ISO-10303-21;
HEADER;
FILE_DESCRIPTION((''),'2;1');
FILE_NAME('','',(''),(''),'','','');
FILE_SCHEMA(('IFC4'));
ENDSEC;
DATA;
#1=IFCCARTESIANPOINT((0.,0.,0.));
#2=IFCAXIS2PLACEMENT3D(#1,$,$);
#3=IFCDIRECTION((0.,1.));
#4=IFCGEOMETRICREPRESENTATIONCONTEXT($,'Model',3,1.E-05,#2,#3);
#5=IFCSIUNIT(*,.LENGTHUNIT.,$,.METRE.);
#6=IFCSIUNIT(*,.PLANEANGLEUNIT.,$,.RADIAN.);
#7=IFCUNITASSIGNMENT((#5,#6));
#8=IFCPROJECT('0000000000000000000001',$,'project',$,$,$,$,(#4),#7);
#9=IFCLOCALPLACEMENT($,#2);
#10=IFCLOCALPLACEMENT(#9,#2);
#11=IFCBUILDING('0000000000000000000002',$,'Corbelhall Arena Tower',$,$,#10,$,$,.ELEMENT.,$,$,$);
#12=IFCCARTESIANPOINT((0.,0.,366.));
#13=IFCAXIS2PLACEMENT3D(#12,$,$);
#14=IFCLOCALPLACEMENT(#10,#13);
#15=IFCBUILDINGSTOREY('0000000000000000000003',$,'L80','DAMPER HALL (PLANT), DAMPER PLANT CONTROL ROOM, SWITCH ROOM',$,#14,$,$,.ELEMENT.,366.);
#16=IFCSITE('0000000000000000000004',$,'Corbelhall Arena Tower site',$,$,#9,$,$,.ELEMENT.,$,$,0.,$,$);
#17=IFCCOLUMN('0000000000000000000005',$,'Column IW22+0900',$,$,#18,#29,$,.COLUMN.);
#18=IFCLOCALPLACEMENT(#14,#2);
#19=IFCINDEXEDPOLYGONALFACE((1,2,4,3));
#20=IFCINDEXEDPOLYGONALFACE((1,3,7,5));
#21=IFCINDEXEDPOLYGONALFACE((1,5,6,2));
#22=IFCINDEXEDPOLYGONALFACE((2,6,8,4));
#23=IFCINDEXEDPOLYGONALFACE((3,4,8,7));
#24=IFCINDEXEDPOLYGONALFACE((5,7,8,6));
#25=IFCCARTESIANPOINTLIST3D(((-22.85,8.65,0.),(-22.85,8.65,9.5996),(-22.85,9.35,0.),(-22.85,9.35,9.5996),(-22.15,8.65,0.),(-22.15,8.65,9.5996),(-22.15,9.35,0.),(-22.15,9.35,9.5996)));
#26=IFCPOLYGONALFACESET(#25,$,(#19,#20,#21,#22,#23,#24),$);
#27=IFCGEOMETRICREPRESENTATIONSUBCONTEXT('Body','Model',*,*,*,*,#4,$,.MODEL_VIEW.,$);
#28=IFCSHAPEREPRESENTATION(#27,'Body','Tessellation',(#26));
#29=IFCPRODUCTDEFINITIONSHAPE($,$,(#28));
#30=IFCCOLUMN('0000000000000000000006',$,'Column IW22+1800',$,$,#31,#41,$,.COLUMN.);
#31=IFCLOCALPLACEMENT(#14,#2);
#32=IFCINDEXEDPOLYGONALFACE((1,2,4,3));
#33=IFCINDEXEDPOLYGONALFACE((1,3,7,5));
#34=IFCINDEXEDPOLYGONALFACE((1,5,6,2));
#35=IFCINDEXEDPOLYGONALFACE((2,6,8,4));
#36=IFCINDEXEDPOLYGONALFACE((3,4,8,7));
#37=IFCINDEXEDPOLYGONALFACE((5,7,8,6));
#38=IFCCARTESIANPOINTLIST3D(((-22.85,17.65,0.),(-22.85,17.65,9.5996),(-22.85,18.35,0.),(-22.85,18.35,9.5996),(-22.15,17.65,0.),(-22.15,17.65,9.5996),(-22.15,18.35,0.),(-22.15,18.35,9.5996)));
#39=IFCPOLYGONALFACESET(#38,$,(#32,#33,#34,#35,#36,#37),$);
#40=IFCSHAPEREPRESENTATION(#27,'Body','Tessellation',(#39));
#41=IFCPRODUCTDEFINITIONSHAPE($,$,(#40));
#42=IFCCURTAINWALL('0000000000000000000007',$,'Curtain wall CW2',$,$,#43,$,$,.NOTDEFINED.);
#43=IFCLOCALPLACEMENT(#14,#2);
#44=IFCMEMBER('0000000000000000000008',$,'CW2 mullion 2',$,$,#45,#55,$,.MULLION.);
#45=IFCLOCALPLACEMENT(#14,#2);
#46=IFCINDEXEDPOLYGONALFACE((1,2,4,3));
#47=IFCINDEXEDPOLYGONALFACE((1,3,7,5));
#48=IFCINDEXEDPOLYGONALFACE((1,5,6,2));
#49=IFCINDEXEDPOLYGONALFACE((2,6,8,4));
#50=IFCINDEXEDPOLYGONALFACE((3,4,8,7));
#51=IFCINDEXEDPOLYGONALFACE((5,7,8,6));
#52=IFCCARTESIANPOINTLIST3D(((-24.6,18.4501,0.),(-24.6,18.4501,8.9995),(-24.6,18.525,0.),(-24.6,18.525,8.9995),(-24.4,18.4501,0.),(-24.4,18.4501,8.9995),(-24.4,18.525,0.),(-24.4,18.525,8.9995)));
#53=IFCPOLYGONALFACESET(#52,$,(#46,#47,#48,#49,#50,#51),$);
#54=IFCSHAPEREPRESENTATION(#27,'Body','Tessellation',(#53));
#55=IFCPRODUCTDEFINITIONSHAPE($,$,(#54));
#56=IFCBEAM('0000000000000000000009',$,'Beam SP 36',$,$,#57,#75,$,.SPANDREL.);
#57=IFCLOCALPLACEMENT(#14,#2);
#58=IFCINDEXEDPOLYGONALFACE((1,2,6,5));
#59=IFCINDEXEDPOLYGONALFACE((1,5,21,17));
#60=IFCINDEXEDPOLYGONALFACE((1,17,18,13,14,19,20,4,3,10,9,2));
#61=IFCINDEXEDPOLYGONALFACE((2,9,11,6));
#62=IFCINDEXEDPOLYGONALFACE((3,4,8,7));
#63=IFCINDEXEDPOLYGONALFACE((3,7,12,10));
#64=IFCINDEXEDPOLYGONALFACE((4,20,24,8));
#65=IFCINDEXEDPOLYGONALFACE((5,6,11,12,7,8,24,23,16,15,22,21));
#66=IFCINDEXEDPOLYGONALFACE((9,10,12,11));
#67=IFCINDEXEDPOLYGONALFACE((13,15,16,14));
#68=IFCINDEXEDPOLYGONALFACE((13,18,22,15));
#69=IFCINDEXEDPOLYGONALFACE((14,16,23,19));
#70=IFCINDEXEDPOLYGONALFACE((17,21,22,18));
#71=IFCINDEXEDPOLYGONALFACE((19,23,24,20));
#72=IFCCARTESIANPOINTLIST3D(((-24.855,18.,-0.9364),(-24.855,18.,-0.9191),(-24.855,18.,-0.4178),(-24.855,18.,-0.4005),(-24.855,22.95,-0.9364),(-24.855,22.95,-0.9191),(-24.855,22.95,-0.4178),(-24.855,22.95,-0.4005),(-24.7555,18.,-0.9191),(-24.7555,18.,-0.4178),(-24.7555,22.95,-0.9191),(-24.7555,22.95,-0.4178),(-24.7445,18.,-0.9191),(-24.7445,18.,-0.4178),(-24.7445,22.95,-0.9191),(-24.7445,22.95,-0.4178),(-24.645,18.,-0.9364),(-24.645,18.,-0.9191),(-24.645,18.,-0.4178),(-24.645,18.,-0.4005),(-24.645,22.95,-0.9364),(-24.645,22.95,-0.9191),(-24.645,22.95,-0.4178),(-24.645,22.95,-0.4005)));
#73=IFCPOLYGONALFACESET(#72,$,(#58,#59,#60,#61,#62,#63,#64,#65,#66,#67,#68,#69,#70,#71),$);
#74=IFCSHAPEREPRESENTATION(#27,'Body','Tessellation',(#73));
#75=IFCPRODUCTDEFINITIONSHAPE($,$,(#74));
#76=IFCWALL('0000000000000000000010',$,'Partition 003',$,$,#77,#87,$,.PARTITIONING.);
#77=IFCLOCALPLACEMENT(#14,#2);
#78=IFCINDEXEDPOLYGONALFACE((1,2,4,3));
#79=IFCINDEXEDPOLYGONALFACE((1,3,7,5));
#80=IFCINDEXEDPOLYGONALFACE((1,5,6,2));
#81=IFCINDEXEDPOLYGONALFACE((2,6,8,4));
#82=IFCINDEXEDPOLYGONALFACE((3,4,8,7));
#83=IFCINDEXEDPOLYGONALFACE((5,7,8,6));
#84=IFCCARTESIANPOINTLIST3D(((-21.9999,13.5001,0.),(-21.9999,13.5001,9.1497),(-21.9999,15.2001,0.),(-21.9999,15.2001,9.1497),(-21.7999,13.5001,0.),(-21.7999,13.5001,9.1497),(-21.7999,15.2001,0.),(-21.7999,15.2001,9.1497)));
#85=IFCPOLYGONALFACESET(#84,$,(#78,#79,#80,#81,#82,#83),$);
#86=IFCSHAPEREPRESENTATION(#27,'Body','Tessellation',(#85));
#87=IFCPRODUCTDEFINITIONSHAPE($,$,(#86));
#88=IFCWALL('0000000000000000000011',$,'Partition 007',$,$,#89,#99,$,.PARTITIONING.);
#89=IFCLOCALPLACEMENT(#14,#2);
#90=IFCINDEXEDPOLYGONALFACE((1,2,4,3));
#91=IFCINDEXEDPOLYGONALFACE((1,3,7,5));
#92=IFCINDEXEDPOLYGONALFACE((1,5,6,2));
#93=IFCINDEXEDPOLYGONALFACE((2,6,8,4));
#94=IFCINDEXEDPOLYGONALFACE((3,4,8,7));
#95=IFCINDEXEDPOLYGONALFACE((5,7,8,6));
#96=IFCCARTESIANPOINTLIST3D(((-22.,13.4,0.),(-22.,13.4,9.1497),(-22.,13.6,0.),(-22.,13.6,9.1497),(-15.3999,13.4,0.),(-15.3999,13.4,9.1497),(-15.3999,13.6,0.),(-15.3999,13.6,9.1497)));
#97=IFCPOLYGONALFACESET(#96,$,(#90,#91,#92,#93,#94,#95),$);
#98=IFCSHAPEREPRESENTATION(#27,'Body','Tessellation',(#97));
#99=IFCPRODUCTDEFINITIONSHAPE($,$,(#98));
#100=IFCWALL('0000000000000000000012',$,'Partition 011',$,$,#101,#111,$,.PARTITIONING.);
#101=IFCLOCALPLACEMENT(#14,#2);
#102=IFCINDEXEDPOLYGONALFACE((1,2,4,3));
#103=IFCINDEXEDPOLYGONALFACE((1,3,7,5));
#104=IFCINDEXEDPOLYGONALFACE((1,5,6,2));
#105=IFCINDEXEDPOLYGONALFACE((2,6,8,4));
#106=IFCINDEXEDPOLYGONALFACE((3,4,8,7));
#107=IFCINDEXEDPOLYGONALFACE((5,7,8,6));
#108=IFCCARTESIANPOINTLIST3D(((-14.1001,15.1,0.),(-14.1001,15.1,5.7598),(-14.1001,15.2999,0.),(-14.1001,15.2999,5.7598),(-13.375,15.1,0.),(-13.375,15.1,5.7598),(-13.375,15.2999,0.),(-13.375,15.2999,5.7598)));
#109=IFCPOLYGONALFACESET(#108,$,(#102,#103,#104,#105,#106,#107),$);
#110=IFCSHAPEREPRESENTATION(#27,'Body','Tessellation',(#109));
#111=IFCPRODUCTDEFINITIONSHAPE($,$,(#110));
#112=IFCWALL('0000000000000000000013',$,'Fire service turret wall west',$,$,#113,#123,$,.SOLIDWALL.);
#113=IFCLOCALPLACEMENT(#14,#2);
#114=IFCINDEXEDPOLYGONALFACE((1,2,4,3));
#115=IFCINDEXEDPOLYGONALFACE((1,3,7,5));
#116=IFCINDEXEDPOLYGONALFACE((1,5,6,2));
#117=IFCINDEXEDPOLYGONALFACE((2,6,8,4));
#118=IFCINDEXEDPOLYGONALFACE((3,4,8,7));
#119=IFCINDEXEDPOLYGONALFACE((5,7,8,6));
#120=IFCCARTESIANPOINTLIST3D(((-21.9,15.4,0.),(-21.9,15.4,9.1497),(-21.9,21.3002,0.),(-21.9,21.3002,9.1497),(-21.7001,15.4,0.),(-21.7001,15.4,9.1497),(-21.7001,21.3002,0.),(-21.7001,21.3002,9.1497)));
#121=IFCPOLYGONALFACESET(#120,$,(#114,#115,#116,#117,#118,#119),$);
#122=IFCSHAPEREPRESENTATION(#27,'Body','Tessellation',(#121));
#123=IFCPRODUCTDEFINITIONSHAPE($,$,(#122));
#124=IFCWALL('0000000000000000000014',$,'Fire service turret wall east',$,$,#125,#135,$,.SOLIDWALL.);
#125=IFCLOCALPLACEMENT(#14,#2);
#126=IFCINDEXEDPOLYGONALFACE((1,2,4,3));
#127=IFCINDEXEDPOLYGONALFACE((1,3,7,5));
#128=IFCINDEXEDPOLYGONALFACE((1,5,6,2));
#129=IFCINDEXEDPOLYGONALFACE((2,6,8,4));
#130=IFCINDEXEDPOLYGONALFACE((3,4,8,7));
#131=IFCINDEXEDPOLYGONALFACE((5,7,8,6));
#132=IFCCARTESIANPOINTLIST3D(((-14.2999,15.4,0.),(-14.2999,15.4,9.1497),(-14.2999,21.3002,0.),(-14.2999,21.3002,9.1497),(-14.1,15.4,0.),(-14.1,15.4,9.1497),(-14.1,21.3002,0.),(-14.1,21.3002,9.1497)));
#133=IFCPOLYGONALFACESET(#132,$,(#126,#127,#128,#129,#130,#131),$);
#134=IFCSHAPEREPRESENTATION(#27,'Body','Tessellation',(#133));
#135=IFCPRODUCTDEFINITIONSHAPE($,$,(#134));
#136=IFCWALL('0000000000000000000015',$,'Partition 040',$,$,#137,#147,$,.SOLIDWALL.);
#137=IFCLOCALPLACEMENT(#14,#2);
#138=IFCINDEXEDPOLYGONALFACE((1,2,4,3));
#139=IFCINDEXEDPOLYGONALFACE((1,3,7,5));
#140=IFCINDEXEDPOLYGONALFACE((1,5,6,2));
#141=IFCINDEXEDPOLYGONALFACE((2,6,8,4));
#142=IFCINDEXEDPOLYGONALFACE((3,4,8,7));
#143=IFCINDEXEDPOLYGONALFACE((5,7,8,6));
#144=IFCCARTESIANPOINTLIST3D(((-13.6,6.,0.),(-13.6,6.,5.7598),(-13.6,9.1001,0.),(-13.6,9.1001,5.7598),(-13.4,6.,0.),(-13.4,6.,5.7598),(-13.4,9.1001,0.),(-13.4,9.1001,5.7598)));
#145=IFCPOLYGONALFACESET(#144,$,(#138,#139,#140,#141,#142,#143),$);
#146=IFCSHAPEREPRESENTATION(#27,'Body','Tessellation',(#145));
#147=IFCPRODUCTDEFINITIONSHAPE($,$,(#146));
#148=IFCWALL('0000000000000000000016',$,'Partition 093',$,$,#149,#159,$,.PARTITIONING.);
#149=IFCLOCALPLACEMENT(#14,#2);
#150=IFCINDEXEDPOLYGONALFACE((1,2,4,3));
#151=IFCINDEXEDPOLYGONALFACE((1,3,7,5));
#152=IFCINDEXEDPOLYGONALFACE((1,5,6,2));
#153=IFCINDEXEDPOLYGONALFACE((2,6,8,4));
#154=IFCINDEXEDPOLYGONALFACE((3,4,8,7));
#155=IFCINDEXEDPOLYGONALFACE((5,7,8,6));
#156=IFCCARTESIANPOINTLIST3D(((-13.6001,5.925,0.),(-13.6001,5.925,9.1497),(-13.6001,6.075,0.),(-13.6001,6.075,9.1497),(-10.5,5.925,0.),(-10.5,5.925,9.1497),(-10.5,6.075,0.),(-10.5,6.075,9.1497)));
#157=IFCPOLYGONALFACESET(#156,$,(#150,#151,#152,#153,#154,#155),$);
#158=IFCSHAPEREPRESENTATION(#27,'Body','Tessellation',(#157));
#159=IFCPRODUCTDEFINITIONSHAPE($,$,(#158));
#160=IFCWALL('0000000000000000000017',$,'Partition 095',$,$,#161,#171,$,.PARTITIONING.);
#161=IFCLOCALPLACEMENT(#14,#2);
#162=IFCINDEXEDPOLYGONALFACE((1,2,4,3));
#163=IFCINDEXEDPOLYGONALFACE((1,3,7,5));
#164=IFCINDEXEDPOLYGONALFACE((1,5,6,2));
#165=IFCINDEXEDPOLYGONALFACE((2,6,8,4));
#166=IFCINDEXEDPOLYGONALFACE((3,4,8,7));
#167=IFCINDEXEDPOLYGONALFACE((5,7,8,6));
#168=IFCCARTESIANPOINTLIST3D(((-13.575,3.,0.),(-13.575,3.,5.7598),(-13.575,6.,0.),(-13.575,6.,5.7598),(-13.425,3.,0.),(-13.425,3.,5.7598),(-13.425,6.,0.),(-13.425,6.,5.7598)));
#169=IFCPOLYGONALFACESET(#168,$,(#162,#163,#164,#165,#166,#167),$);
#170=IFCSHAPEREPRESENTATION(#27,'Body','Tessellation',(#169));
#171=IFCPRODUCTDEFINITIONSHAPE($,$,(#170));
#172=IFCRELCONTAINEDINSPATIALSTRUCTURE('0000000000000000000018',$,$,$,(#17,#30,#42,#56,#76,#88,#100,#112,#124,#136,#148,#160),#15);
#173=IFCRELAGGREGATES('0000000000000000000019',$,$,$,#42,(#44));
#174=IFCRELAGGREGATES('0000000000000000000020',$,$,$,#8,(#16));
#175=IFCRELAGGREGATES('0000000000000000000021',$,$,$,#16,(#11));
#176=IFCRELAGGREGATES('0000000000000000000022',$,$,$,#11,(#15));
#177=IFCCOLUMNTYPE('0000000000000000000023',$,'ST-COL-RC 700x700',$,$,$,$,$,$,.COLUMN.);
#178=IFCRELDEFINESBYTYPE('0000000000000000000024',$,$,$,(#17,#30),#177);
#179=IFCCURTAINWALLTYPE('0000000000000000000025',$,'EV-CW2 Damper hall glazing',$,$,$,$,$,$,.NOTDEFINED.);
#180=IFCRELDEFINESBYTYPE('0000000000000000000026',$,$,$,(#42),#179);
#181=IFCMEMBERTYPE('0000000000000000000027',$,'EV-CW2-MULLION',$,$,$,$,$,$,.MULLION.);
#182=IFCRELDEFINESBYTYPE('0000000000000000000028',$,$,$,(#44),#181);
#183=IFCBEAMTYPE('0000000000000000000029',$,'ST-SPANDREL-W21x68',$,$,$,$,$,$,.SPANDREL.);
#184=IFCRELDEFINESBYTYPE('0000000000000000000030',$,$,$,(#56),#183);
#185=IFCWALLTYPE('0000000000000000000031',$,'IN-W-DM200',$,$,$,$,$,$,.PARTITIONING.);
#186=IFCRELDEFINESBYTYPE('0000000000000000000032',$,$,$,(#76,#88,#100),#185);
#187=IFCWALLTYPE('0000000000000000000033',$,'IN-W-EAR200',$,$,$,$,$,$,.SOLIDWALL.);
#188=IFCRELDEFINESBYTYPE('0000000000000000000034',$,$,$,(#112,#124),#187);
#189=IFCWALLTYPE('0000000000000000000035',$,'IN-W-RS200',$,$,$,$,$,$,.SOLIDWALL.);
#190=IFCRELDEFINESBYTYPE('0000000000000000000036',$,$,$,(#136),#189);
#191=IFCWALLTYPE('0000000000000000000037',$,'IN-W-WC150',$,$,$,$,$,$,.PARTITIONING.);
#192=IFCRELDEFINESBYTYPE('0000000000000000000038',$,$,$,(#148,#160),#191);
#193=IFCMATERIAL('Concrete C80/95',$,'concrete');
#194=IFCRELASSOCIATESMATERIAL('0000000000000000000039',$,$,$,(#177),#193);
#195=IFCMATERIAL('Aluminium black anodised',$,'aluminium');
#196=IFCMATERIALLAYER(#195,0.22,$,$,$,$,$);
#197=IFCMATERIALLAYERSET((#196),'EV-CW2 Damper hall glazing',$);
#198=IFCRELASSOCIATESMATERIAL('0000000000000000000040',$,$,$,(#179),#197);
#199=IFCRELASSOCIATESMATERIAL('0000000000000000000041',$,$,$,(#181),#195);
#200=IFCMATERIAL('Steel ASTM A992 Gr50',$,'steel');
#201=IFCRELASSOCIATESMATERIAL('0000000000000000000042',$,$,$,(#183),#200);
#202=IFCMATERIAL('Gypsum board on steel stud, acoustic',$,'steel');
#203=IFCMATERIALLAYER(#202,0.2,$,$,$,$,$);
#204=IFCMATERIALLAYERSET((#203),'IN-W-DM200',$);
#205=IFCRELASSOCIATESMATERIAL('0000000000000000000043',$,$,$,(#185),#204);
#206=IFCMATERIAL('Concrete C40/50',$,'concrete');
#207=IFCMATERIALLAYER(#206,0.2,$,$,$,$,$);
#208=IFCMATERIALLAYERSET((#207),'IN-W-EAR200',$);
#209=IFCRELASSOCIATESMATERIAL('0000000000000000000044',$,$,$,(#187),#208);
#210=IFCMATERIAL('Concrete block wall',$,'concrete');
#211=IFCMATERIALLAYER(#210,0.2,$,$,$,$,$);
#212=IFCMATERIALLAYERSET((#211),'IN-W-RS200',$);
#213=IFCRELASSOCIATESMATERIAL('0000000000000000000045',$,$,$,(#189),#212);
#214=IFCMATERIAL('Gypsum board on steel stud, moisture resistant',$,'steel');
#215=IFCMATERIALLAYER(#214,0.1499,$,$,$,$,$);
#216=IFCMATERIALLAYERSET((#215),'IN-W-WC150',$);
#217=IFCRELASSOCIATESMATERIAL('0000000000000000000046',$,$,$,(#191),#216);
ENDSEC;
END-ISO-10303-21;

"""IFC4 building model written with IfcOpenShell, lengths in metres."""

from ifc_helpers import new_model, si_unit, direction, frame, frame_2d, origin, origin_2d, place, context, subcontext, project, spatial, rectangle, i_section, extrude, material, layer, layer_set, material_profile, profile_set, type_object, element, aggregate, save


model = new_model("IFC4")

# Units and contexts
model_context = context("Model", 3, precision=1e-05, world=origin(), true_north=direction((0.0, 1.0)))
body_context = subcontext(model_context, "Body", "Model", "MODEL_VIEW")
ifc_project = project(units=[si_unit("LENGTHUNIT", "METRE"), si_unit("PLANEANGLEUNIT", "RADIAN")], contexts=[model_context])

# Site, building, storey
site_placement = place(None, origin())
site = spatial("IfcSite", under=ifc_project, at=site_placement, Name="Corbelhall Arena Tower site", CompositionType="ELEMENT", RefElevation=0.0)
building_placement = place(site_placement, origin())
building = spatial("IfcBuilding", under=site, at=building_placement, Name="Corbelhall Arena Tower", CompositionType="ELEMENT")
storey_placement = place(building_placement, frame((0.0, 0.0, 366.0)))
storey = spatial("IfcBuildingStorey", under=building, at=storey_placement, Name="L80", Description="DAMPER HALL (PLANT), DAMPER PLANT CONTROL ROOM, SWITCH ROOM", CompositionType="ELEMENT", Elevation=366.0)

# Columns
ifc_material_1 = material(Name="Concrete C80/95", Category="concrete")
ifc_material_profile_1 = material_profile(ifc_material_1, rectangle(XDim=0.7, YDim=0.7, at=origin_2d()))
ifc_profile_set_1 = profile_set([ifc_material_profile_1], Name="Concrete C80/95")
column_type = type_object("IfcColumnType", Name="ST-COL-RC 700x700", PredefinedType="COLUMN", material=ifc_profile_set_1)
for number, where, z_axis, x_axis, name in (
    (1, (-22.5, 9.0, 0.0), (0.0, 0.0, 1.0), (1.0, 0.0, 0.0), "Column IW22+0900"),
    (2, (-22.5, 18.0, 0.0), (0.0, 0.0, 1.0), (1.0, 0.0, 0.0), "Column IW22+1800"),
):
    element("IfcColumn", number, at=place(storey_placement, frame(where, z_axis=z_axis, x_axis=x_axis)), inside=storey, type_object=column_type, Name=name, PredefinedType="COLUMN", context=body_context, shape_type="SweptSolid", body=[
        extrude(rectangle(XDim=0.7, YDim=0.7, at=origin_2d()), origin(), (0.0, 0.0, 1.0), 9.5996),
    ])

# Curtain wall, member
ifc_material_2 = material(Name="Aluminium black anodised", Category="aluminium")
ifc_layer_1 = layer(ifc_material_2, 0.22)
ifc_layer_set_1 = layer_set([ifc_layer_1], Name="EV-CW2 Damper hall glazing")
curtain_wall_type = type_object("IfcCurtainWallType", Name="EV-CW2 Damper hall glazing", PredefinedType="NOTDEFINED", material=ifc_layer_set_1)
curtain_wall_placement = place(storey_placement, origin())
curtain_wall = element("IfcCurtainWall", 3, at=curtain_wall_placement, inside=storey, type_object=curtain_wall_type, Name="Curtain wall CW2", PredefinedType="NOTDEFINED")
ifc_material_profile_2 = material_profile(ifc_material_2, rectangle(XDim=0.2, YDim=0.075, at=origin_2d()))
ifc_profile_set_2 = profile_set([ifc_material_profile_2], Name="Aluminium black anodised")
member_type = type_object("IfcMemberType", Name="EV-CW2-MULLION", PredefinedType="MULLION", material=ifc_profile_set_2)
member_placement = place(storey_placement, frame((-24.5, 18.4875, 0.0), z_axis=(0.0, 0.0, 1.0), x_axis=(1.0, 0.0, 0.0)))
member = element("IfcMember", 4, at=member_placement, type_object=member_type, Name="CW2 mullion 2", PredefinedType="MULLION", context=body_context, shape_type="SweptSolid", body=[
    extrude(rectangle(XDim=0.2, YDim=0.075, at=origin_2d()), origin(), (0.0, 0.0, 1.0), 8.9995),
])
aggregate(curtain_wall, [member])

# Beam
ifc_material_3 = material(Name="Steel ASTM A992 Gr50", Category="steel")
ifc_material_profile_3 = material_profile(ifc_material_3, i_section(OverallWidth=0.21, OverallDepth=0.5359, WebThickness=0.011, FlangeThickness=0.0173, at=origin_2d()))
ifc_profile_set_3 = profile_set([ifc_material_profile_3], Name="Steel ASTM A992 Gr50")
beam_type = type_object("IfcBeamType", Name="ST-SPANDREL-W21x68", PredefinedType="SPANDREL", material=ifc_profile_set_3)
beam_placement = place(storey_placement, frame((-24.75, 18.0, -0.6685), z_axis=(0.0, 1.0, 0.0), x_axis=(-1.0, 0.0, 0.0)))
element("IfcBeam", 5, at=beam_placement, inside=storey, type_object=beam_type, Name="Beam SP 36", PredefinedType="SPANDREL", context=body_context, shape_type="SweptSolid", body=[
    extrude(i_section(OverallWidth=0.21, OverallDepth=0.5359, WebThickness=0.011, FlangeThickness=0.0173, at=origin_2d()), origin(), (0.0, 0.0, 1.0), 4.95),
])

# Walls
ifc_material_4 = material(Name="Gypsum board on steel stud, acoustic", Category="steel")
ifc_layer_2 = layer(ifc_material_4, 0.2)
ifc_layer_set_2 = layer_set([ifc_layer_2], Name="IN-W-DM200")
wall_type_1 = type_object("IfcWallType", Name="IN-W-DM200", PredefinedType="PARTITIONING", material=ifc_layer_set_2)
wall_1_placement = place(storey_placement, frame((-21.8999, 13.5, 0.0), z_axis=(0.0, 0.0, 1.0), x_axis=(0.0, 1.0, 0.0)))
element("IfcWall", 6, at=wall_1_placement, inside=storey, type_object=wall_type_1, Name="Partition 003", PredefinedType="PARTITIONING", context=body_context, shape_type="SweptSolid", body=[
    extrude(rectangle(XDim=1.7, YDim=0.2, at=frame_2d((0.8501, 0.0))), origin(), (0.0, 0.0, 1.0), 9.1497),
])
wall_2_placement = place(storey_placement, frame((-15.3999, 13.5, 0.0), z_axis=(0.0, 0.0, 1.0), x_axis=(-1.0, 0.0, 0.0)))
element("IfcWall", 7, at=wall_2_placement, inside=storey, type_object=wall_type_1, Name="Partition 007", PredefinedType="PARTITIONING", context=body_context, shape_type="SweptSolid", body=[
    extrude(rectangle(XDim=6.6001, YDim=0.2, at=frame_2d((3.3, 0.0))), origin(), (0.0, 0.0, 1.0), 9.1497),
])
wall_3_placement = place(storey_placement, frame((-14.1001, 15.2, 0.0), z_axis=(0.0, 0.0, 1.0), x_axis=(1.0, 0.0, 0.0)))
element("IfcWall", 8, at=wall_3_placement, inside=storey, type_object=wall_type_1, Name="Partition 011", PredefinedType="PARTITIONING", context=body_context, shape_type="SweptSolid", body=[
    extrude(rectangle(XDim=0.7251, YDim=0.2, at=frame_2d((0.3625, 0.0))), origin(), (0.0, 0.0, 1.0), 5.7598),
])

# Shared definitions
ifc_material_5 = material(Name="Concrete C40/50", Category="concrete")
ifc_layer_3 = layer(ifc_material_5, 0.2)
ifc_layer_set_3 = layer_set([ifc_layer_3], Name="IN-W-EAR200")
wall_type_2 = type_object("IfcWallType", Name="IN-W-EAR200", PredefinedType="SOLIDWALL", material=ifc_layer_set_3)

# Walls
for number, where, z_axis, x_axis, name in (
    (9, (-21.8, 15.3999, 0.0), (0.0, 0.0, 1.0), (0.0, 1.0, 0.0), "Fire service turret wall west"),
    (10, (-14.2, 15.3999, 0.0), (0.0, 0.0, 1.0), (0.0, 1.0, 0.0), "Fire service turret wall east"),
):
    element("IfcWall", number, at=place(storey_placement, frame(where, z_axis=z_axis, x_axis=x_axis)), inside=storey, type_object=wall_type_2, Name=name, PredefinedType="SOLIDWALL", context=body_context, shape_type="SweptSolid", body=[
        extrude(rectangle(XDim=5.9001, YDim=0.2, at=frame_2d((2.9502, 0.0))), origin(), (0.0, 0.0, 1.0), 9.1497),
    ])

# Walls
ifc_material_6 = material(Name="Concrete block wall", Category="concrete")
ifc_layer_4 = layer(ifc_material_6, 0.2)
ifc_layer_set_4 = layer_set([ifc_layer_4], Name="IN-W-RS200")
wall_type_3 = type_object("IfcWallType", Name="IN-W-RS200", PredefinedType="SOLIDWALL", material=ifc_layer_set_4)
wall_4_placement = place(storey_placement, frame((-13.5, 6.0, 0.0), z_axis=(0.0, 0.0, 1.0), x_axis=(0.0, 1.0, 0.0)))
element("IfcWall", 11, at=wall_4_placement, inside=storey, type_object=wall_type_3, Name="Partition 040", PredefinedType="SOLIDWALL", context=body_context, shape_type="SweptSolid", body=[
    extrude(rectangle(XDim=3.1001, YDim=0.2, at=frame_2d((1.55, 0.0))), origin(), (0.0, 0.0, 1.0), 5.7598),
])
ifc_material_7 = material(Name="Gypsum board on steel stud, moisture resistant", Category="steel")
ifc_layer_5 = layer(ifc_material_7, 0.1499)
ifc_layer_set_5 = layer_set([ifc_layer_5], Name="IN-W-WC150")
wall_type_4 = type_object("IfcWallType", Name="IN-W-WC150", PredefinedType="PARTITIONING", material=ifc_layer_set_5)
wall_5_placement = place(storey_placement, frame((-13.6001, 6.0, 0.0), z_axis=(0.0, 0.0, 1.0), x_axis=(1.0, 0.0, 0.0)))
element("IfcWall", 12, at=wall_5_placement, inside=storey, type_object=wall_type_4, Name="Partition 093", PredefinedType="PARTITIONING", context=body_context, shape_type="SweptSolid", body=[
    extrude(rectangle(XDim=3.1001, YDim=0.1499, at=frame_2d((1.55, 0.0))), origin(), (0.0, 0.0, 1.0), 9.1497),
])
wall_6_placement = place(storey_placement, frame((-13.5, 3.0, 0.0), z_axis=(0.0, 0.0, 1.0), x_axis=(0.0, 1.0, 0.0)))
element("IfcWall", 13, at=wall_6_placement, inside=storey, type_object=wall_type_4, Name="Partition 095", PredefinedType="PARTITIONING", context=body_context, shape_type="SweptSolid", body=[
    extrude(rectangle(XDim=3.0, YDim=0.1499, at=frame_2d((1.5, 0.0))), origin(), (0.0, 0.0, 1.0), 5.7598),
])

save(model, "model.ifc")
